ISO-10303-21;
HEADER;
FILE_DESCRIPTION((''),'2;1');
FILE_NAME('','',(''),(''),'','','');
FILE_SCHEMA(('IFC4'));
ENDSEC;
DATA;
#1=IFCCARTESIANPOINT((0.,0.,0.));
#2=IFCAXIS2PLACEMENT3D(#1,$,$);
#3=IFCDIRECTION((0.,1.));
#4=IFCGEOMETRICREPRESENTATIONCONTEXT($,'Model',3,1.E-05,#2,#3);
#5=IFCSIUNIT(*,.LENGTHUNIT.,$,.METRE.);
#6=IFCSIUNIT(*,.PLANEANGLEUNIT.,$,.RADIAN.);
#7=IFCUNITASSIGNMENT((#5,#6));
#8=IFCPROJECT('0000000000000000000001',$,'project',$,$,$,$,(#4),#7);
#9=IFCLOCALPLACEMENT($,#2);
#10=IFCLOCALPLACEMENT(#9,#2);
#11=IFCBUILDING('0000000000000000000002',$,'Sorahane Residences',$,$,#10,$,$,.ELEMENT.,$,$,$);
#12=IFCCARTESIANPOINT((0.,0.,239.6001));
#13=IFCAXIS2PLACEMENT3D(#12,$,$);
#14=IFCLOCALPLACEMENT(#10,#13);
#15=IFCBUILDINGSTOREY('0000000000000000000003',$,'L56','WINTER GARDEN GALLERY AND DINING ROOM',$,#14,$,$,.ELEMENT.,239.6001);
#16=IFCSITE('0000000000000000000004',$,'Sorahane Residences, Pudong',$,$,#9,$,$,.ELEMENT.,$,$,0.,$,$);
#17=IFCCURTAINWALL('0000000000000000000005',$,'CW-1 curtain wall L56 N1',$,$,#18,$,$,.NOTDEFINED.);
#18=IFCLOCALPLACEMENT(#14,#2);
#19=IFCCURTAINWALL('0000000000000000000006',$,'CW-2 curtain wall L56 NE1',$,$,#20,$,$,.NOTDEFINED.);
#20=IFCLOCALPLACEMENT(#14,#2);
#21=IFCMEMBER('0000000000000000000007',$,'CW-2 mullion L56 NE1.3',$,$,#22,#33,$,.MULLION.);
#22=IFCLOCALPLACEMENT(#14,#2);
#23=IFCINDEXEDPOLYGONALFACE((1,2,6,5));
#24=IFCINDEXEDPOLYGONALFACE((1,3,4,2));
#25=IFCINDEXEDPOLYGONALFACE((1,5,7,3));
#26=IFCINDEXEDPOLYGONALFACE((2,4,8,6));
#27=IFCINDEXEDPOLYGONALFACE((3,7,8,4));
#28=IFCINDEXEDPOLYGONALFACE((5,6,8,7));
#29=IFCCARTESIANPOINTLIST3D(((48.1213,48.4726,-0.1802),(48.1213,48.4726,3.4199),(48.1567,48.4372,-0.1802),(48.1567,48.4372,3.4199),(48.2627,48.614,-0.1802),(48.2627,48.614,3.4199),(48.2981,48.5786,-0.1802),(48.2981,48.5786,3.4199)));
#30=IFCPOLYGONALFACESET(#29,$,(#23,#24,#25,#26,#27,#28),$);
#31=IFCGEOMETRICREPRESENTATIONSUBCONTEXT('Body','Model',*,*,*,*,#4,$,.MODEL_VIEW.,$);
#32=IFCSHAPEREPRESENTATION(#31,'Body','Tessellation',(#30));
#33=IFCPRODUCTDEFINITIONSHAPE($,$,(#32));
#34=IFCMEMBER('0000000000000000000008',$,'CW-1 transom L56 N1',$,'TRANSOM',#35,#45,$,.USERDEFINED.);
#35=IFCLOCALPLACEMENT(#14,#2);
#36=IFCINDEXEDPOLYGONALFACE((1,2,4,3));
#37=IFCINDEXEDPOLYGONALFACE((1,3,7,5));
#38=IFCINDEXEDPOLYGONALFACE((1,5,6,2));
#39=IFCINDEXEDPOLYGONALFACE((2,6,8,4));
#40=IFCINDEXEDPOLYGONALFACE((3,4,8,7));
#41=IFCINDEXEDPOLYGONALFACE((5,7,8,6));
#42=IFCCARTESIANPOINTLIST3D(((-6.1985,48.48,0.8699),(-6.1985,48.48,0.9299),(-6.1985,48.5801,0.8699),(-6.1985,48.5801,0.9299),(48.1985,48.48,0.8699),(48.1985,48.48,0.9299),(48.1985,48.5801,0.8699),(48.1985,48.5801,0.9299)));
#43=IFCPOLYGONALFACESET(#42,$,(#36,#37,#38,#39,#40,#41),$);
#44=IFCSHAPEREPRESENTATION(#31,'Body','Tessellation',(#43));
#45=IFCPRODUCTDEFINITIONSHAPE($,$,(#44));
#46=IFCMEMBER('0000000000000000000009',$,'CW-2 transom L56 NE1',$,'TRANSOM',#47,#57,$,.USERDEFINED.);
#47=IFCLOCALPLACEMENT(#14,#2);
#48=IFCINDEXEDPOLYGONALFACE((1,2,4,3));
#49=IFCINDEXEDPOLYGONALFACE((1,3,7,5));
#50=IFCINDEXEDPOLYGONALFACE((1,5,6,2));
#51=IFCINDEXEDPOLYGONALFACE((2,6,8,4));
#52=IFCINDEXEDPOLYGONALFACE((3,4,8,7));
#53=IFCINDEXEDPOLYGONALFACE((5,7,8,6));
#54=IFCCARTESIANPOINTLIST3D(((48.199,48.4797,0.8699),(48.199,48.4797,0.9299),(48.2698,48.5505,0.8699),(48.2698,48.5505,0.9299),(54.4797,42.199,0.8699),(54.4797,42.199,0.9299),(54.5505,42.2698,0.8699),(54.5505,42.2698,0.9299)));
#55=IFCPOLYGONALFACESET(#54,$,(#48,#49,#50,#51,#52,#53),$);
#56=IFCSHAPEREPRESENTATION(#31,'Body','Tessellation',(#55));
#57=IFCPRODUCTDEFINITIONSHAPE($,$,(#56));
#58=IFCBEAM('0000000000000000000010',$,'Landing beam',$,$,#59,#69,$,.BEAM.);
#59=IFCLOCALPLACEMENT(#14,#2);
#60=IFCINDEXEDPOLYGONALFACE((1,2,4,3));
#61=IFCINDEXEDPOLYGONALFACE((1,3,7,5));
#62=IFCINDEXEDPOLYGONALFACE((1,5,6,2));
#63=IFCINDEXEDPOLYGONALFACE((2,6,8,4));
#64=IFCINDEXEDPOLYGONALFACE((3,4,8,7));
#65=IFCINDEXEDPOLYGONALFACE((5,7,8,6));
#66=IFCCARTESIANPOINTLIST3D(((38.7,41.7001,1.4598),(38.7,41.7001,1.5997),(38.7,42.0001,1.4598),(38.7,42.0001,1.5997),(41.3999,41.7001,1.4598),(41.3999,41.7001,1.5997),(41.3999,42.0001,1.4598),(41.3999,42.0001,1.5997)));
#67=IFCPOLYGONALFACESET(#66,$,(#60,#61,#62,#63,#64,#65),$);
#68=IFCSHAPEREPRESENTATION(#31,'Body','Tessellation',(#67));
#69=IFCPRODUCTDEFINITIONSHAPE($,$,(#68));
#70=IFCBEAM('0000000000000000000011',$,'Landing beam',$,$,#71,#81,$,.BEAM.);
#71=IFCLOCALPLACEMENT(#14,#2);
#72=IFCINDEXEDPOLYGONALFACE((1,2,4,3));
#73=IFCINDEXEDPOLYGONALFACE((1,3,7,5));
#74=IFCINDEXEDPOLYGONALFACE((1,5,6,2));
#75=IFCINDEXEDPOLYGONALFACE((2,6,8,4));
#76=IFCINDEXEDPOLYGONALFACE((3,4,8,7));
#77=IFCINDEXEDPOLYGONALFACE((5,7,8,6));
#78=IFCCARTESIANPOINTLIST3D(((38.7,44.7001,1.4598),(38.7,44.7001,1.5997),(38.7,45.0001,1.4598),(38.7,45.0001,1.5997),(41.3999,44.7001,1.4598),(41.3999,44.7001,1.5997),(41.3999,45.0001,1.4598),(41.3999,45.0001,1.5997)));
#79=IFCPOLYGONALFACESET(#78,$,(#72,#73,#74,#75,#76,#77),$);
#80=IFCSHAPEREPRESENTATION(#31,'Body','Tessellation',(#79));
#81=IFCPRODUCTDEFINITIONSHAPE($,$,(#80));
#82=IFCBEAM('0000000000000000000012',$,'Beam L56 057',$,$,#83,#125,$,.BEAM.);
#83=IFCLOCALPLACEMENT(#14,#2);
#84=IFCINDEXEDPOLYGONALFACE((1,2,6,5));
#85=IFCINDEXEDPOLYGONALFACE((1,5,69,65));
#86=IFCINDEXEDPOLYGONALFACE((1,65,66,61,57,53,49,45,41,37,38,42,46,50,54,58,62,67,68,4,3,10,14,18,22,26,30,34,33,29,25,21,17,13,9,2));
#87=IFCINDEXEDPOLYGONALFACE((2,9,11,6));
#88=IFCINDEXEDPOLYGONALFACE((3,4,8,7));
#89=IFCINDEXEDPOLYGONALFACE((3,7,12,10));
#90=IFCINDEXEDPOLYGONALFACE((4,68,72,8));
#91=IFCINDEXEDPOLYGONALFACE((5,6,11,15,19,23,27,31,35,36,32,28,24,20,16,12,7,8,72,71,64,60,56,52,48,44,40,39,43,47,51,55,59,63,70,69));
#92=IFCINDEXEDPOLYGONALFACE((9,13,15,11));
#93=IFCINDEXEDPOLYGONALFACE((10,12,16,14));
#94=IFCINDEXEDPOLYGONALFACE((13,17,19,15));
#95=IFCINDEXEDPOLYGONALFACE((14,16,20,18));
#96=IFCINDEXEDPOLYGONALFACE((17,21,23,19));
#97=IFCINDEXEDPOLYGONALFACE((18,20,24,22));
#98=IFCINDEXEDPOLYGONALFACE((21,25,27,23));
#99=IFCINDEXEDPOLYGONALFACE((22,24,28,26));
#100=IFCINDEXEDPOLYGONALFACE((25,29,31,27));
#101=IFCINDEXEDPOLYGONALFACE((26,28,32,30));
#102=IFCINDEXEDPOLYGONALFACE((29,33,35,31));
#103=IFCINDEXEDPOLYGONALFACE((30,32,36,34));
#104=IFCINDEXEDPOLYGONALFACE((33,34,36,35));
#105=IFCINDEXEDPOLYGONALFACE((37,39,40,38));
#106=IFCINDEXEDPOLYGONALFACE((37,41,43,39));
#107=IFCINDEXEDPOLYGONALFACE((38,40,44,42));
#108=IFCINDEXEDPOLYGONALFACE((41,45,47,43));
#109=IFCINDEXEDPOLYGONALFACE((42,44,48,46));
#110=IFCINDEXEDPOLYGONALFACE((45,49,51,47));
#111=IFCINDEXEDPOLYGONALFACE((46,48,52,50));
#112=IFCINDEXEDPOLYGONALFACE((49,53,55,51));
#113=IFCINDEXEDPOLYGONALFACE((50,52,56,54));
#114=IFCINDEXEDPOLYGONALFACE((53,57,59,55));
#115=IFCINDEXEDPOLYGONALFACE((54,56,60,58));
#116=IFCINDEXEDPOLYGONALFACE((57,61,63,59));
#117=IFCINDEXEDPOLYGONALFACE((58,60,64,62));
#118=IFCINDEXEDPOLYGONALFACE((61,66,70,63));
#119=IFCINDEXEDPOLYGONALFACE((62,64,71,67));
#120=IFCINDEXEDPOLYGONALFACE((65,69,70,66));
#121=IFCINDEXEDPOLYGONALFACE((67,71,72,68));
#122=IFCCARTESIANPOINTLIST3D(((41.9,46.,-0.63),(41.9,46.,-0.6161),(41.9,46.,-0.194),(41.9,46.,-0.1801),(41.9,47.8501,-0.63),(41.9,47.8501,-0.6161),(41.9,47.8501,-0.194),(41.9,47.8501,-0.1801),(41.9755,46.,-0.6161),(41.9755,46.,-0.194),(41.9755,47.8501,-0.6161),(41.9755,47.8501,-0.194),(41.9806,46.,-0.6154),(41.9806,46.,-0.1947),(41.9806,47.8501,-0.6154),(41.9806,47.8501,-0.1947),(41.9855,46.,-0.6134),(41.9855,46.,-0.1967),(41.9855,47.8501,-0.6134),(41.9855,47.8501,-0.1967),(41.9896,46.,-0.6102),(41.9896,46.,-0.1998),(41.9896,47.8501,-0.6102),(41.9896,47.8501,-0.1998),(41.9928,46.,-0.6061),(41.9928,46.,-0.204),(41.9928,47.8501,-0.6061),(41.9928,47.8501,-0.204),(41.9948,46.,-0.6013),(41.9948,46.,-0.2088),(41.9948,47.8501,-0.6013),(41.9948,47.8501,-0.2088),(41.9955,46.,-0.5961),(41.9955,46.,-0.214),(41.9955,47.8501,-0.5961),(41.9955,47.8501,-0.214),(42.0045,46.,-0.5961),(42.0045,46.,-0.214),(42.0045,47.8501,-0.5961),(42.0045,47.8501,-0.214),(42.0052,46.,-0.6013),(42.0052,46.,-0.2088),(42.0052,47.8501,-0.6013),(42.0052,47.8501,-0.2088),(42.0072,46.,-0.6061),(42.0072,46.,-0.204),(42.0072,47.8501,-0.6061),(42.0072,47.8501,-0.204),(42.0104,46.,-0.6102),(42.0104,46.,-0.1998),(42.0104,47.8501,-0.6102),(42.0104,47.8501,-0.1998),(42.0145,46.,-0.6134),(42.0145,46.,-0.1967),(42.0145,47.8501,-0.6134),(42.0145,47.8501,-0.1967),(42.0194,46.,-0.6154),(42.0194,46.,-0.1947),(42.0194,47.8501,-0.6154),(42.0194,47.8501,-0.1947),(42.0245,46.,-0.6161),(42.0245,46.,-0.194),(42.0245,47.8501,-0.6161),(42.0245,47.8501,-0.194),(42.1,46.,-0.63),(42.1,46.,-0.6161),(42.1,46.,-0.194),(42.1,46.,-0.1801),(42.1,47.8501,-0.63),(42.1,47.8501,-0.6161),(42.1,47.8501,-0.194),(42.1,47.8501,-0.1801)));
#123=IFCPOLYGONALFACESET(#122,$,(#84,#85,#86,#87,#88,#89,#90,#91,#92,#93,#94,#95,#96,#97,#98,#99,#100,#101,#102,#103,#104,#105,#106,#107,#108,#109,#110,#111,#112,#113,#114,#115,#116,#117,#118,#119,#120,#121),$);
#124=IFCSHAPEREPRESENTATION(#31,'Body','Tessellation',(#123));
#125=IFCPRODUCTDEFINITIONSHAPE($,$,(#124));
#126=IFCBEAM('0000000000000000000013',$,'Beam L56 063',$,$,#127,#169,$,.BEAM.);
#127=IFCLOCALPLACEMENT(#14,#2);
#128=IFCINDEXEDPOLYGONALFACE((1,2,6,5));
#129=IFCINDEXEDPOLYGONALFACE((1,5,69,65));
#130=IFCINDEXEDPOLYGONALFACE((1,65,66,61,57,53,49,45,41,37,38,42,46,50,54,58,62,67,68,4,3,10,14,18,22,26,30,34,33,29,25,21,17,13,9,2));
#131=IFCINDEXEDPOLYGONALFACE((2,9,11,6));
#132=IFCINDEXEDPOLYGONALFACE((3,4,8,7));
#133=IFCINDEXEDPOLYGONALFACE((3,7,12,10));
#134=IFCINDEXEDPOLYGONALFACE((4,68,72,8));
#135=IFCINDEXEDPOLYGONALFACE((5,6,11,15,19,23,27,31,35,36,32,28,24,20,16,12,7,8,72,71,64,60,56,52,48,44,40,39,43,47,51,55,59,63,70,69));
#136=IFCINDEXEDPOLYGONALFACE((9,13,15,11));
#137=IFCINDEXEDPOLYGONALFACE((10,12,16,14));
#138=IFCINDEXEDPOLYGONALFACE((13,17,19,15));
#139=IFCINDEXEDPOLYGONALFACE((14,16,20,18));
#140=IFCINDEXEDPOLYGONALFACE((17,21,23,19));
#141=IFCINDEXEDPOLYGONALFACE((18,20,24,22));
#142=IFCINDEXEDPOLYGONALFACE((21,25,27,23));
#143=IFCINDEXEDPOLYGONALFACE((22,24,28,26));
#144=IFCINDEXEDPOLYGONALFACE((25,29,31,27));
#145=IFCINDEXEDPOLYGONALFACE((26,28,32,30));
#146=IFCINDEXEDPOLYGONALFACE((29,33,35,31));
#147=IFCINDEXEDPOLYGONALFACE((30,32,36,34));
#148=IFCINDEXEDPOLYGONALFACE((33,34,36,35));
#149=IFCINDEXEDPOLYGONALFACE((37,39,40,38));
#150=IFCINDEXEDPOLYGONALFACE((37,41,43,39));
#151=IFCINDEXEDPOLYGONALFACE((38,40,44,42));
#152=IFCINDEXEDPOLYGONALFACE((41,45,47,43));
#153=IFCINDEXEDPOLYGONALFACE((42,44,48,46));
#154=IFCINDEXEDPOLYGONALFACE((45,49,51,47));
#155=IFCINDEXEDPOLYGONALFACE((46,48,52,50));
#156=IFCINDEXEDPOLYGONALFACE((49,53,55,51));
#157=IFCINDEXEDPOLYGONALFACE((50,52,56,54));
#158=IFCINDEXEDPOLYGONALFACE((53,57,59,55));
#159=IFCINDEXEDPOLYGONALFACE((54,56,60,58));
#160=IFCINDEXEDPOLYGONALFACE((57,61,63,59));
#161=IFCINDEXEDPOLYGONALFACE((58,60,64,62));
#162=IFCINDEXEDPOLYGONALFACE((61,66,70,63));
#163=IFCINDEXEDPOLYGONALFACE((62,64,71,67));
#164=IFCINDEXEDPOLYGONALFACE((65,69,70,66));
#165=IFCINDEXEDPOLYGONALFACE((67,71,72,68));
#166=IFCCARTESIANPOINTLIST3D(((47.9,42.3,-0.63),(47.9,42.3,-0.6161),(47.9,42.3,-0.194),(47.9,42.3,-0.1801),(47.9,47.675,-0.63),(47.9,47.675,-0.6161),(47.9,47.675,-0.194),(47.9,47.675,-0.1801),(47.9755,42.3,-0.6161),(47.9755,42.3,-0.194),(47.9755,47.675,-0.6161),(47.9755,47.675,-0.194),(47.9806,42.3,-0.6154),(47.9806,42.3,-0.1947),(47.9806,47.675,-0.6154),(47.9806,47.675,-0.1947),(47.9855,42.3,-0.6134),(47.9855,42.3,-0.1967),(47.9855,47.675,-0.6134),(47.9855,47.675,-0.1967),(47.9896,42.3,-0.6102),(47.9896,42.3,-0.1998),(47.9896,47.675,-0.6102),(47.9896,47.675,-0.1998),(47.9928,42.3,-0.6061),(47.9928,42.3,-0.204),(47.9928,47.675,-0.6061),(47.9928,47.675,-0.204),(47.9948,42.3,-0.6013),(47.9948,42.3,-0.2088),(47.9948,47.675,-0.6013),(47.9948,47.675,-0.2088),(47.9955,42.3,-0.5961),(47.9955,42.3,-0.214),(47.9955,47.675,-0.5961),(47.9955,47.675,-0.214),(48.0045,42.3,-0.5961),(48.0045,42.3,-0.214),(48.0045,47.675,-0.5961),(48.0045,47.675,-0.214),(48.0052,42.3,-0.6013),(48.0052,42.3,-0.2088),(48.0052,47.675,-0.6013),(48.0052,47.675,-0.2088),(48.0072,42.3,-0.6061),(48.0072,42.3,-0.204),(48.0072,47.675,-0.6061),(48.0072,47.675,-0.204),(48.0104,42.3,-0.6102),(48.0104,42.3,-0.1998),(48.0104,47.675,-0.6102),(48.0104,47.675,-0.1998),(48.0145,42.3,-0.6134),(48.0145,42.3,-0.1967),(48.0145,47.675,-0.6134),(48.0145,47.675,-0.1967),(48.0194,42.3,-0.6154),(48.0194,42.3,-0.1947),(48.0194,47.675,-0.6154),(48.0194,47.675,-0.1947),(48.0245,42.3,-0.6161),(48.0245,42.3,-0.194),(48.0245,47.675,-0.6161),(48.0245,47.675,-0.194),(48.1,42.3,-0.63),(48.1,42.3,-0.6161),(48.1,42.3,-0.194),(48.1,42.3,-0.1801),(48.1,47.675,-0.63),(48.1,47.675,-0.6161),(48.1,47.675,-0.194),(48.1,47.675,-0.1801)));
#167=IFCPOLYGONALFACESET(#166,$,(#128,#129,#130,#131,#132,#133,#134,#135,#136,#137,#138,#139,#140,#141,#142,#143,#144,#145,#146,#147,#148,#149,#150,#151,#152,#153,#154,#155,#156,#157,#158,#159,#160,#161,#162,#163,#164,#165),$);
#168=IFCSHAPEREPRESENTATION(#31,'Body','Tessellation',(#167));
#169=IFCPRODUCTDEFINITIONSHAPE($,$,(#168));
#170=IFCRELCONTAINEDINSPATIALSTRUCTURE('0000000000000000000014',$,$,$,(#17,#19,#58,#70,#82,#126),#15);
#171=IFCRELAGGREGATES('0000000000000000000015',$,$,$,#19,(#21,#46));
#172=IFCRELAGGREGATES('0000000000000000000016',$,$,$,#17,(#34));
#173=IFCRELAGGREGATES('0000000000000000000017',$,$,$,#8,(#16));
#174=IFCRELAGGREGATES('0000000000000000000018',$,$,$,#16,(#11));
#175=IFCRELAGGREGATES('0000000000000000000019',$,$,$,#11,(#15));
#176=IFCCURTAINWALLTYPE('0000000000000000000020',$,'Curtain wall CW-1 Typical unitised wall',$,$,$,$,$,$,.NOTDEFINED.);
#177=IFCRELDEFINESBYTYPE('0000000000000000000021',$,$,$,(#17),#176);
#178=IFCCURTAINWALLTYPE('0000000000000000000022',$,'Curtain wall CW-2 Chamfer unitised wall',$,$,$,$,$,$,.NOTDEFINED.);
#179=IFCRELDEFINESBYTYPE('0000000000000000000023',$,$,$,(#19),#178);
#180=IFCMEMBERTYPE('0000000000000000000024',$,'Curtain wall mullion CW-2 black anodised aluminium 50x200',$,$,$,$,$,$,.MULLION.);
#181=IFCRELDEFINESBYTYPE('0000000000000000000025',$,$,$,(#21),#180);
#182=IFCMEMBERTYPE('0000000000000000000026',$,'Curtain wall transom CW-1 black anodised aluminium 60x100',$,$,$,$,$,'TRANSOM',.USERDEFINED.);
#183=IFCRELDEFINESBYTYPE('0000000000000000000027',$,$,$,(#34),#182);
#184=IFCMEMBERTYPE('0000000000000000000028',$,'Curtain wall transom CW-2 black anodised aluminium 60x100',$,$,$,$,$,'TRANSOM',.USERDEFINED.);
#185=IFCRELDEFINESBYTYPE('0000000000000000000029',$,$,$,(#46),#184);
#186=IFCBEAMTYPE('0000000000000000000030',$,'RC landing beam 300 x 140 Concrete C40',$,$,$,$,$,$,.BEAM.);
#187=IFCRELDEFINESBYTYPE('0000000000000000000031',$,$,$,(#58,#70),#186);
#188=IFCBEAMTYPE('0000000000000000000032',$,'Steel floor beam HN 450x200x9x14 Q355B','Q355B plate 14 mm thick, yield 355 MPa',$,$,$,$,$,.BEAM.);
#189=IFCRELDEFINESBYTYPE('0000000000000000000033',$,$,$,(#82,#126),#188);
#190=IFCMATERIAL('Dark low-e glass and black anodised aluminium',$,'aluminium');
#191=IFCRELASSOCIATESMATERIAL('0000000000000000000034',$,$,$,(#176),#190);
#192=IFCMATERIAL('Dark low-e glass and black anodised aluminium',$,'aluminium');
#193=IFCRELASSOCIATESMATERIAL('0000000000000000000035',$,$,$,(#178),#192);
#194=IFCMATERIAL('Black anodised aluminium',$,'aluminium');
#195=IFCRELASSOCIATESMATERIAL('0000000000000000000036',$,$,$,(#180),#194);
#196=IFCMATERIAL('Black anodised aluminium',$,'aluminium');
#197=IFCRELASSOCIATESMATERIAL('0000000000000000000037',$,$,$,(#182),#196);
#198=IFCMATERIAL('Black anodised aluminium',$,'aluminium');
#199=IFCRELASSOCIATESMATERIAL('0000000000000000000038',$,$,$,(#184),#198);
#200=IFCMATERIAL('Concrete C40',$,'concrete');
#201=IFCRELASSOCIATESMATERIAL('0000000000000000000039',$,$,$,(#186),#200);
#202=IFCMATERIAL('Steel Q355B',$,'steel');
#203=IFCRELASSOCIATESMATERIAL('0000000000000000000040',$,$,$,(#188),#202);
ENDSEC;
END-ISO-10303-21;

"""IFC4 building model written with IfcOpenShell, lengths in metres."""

from ifc_helpers import new_model, si_unit, direction, frame, origin, origin_2d, place, context, subcontext, project, spatial, rectangle, i_section, extrude, material, material_profile, profile_set, type_object, element, aggregate, save


model = new_model("IFC4")

# Units and contexts
model_context = context("Model", 3, precision=1e-05, world=origin(), true_north=direction((0.0, 1.0)))
body_context = subcontext(model_context, "Body", "Model", "MODEL_VIEW")
ifc_project = project(units=[si_unit("LENGTHUNIT", "METRE"), si_unit("PLANEANGLEUNIT", "RADIAN")], contexts=[model_context])

# Site, building, storey
site_placement = place(None, origin())
site = spatial("IfcSite", under=ifc_project, at=site_placement, Name="Sorahane Residences, Pudong", CompositionType="ELEMENT", RefElevation=0.0)
building_placement = place(site_placement, origin())
building = spatial("IfcBuilding", under=site, at=building_placement, Name="Sorahane Residences", CompositionType="ELEMENT")
storey_placement = place(building_placement, frame((0.0, 0.0, 239.6001)))
storey = spatial("IfcBuildingStorey", under=building, at=storey_placement, Name="L56", Description="WINTER GARDEN GALLERY AND DINING ROOM", CompositionType="ELEMENT", Elevation=239.6001)

# Curtain wall
ifc_material_1 = material(Name="Dark low-e glass and black anodised aluminium", Category="aluminium")
curtain_wall_type_1 = type_object("IfcCurtainWallType", Name="Curtain wall CW-1 Typical unitised wall", PredefinedType="NOTDEFINED", material=ifc_material_1)
curtain_wall_1_placement = place(storey_placement, origin())
curtain_wall_1 = element("IfcCurtainWall", 1, at=curtain_wall_1_placement, inside=storey, type_object=curtain_wall_type_1, Name="CW-1 curtain wall L56 N1", PredefinedType="NOTDEFINED")

# Curtain wall, member
ifc_material_2 = material(Name="Dark low-e glass and black anodised aluminium", Category="aluminium")
curtain_wall_type_2 = type_object("IfcCurtainWallType", Name="Curtain wall CW-2 Chamfer unitised wall", PredefinedType="NOTDEFINED", material=ifc_material_2)
curtain_wall_2_placement = place(storey_placement, origin())
curtain_wall_2 = element("IfcCurtainWall", 2, at=curtain_wall_2_placement, inside=storey, type_object=curtain_wall_type_2, Name="CW-2 curtain wall L56 NE1", PredefinedType="NOTDEFINED")
ifc_material_3 = material(Name="Black anodised aluminium", Category="aluminium")
ifc_material_profile_1 = material_profile(ifc_material_3, rectangle(XDim=0.2, YDim=0.05, at=origin_2d()), Name="Curtain wall mullion CW-2 black anodised aluminium 50x200")
ifc_profile_set_1 = profile_set([ifc_material_profile_1], Name="Black anodised aluminium")
member_type_1 = type_object("IfcMemberType", Name="Curtain wall mullion CW-2 black anodised aluminium 50x200", PredefinedType="MULLION", material=ifc_profile_set_1)
member_1_placement = place(storey_placement, frame((48.2097, 48.5256, -0.1802), z_axis=(0.0, 0.0, 1.0), x_axis=(0.707107, 0.707107, 0.0)))
member_1 = element("IfcMember", 3, at=member_1_placement, type_object=member_type_1, Name="CW-2 mullion L56 NE1.3", PredefinedType="MULLION", context=body_context, shape_type="SweptSolid", body=[
    extrude(rectangle(XDim=0.2, YDim=0.05, at=origin_2d()), origin(), (0.0, 0.0, 1.0), 3.6001),
])

# Members
ifc_material_4 = material(Name="Black anodised aluminium", Category="aluminium")
ifc_material_profile_2 = material_profile(ifc_material_4, rectangle(XDim=0.1001, YDim=0.0601, at=origin_2d()), Name="Curtain wall transom CW-1 black anodised aluminium 60x100")
ifc_profile_set_2 = profile_set([ifc_material_profile_2], Name="Black anodised aluminium")
member_type_2 = type_object("IfcMemberType", Name="Curtain wall transom CW-1 black anodised aluminium 60x100", ElementType="TRANSOM", PredefinedType="USERDEFINED", material=ifc_profile_set_2)
member_2_placement = place(storey_placement, frame((48.1985, 48.53, 0.8999), z_axis=(-1.0, 0.0, 0.0), x_axis=(0.0, -1.0, 0.0)))
member_2 = element("IfcMember", 4, at=member_2_placement, type_object=member_type_2, Name="CW-1 transom L56 N1", ObjectType="TRANSOM", PredefinedType="USERDEFINED", context=body_context, shape_type="SweptSolid", body=[
    extrude(rectangle(XDim=0.1001, YDim=0.0601, at=origin_2d()), origin(), (0.0, 0.0, 1.0), 54.397),
])
ifc_material_5 = material(Name="Black anodised aluminium", Category="aluminium")
ifc_material_profile_3 = material_profile(ifc_material_5, rectangle(XDim=0.1001, YDim=0.0601, at=origin_2d()), Name="Curtain wall transom CW-2 black anodised aluminium 60x100")
ifc_profile_set_3 = profile_set([ifc_material_profile_3], Name="Black anodised aluminium")
member_type_3 = type_object("IfcMemberType", Name="Curtain wall transom CW-2 black anodised aluminium 60x100", ElementType="TRANSOM", PredefinedType="USERDEFINED", material=ifc_profile_set_3)
member_3_placement = place(storey_placement, frame((54.5151, 42.2344, 0.8999), z_axis=(-0.707107, 0.707107, 0.0), x_axis=(-0.707107, -0.707107, 0.0)))
member_3 = element("IfcMember", 5, at=member_3_placement, type_object=member_type_3, Name="CW-2 transom L56 NE1", ObjectType="TRANSOM", PredefinedType="USERDEFINED", context=body_context, shape_type="SweptSolid", body=[
    extrude(rectangle(XDim=0.1001, YDim=0.0601, at=origin_2d()), origin(), (0.0, 0.0, 1.0), 8.8823),
])

# Beams
ifc_material_6 = material(Name="Concrete C40", Category="concrete")
ifc_material_profile_4 = material_profile(ifc_material_6, rectangle(XDim=0.3, YDim=0.1399, at=origin_2d()), Name="300x140")
ifc_profile_set_4 = profile_set([ifc_material_profile_4], Name="Concrete C40")
beam_type_1 = type_object("IfcBeamType", Name="RC landing beam 300 x 140 Concrete C40", PredefinedType="BEAM", material=ifc_profile_set_4)
for number, where, z_axis, x_axis, name in (
    (6, (38.7, 41.8501, 1.5298), (1.0, 0.0, 0.0), (0.0, 1.0, 0.0), "Landing beam"),
    (7, (38.7, 44.8501, 1.5298), (1.0, 0.0, 0.0), (0.0, 1.0, 0.0), "Landing beam"),
):
    element("IfcBeam", number, at=place(storey_placement, frame(where, z_axis=z_axis, x_axis=x_axis)), inside=storey, type_object=beam_type_1, Name=name, PredefinedType="BEAM", context=body_context, shape_type="SweptSolid", body=[
        extrude(rectangle(XDim=0.3, YDim=0.1399, at=origin_2d()), origin(), (0.0, 0.0, 1.0), 2.7),
    ])
ifc_material_7 = material(Name="Steel Q355B", Category="steel")
ifc_material_profile_5 = material_profile(ifc_material_7, i_section(OverallWidth=0.2, OverallDepth=0.45, WebThickness=0.009, FlangeThickness=0.0139, FilletRadius=0.02, at=origin_2d()), Name="HN 450x200x9x14")
ifc_profile_set_5 = profile_set([ifc_material_profile_5], Name="Steel Q355B")
beam_type_2 = type_object("IfcBeamType", Name="Steel floor beam HN 450x200x9x14 Q355B", Description="Q355B plate 14 mm thick, yield 355 MPa", PredefinedType="BEAM", material=ifc_profile_set_5)
beam_1_placement = place(storey_placement, frame((42.0, 46.0, -0.405), z_axis=(0.0, 1.0, 0.0), x_axis=(-1.0, 0.0, 0.0)))
element("IfcBeam", 8, at=beam_1_placement, inside=storey, type_object=beam_type_2, Name="Beam L56 057", PredefinedType="BEAM", context=body_context, shape_type="SweptSolid", body=[
    extrude(i_section(OverallWidth=0.2, OverallDepth=0.45, WebThickness=0.009, FlangeThickness=0.0139, FilletRadius=0.02, at=origin_2d()), origin(), (0.0, 0.0, 1.0), 1.8501),
])
beam_2_placement = place(storey_placement, frame((48.0, 42.3, -0.405), z_axis=(0.0, 1.0, 0.0), x_axis=(-1.0, 0.0, 0.0)))
element("IfcBeam", 9, at=beam_2_placement, inside=storey, type_object=beam_type_2, Name="Beam L56 063", PredefinedType="BEAM", context=body_context, shape_type="SweptSolid", body=[
    extrude(i_section(OverallWidth=0.2, OverallDepth=0.45, WebThickness=0.009, FlangeThickness=0.0139, FilletRadius=0.02, at=origin_2d()), origin(), (0.0, 0.0, 1.0), 5.375),
])

aggregate(curtain_wall_2, [member_1, member_3])
aggregate(curtain_wall_1, [member_2])

save(model, "model.ifc")
